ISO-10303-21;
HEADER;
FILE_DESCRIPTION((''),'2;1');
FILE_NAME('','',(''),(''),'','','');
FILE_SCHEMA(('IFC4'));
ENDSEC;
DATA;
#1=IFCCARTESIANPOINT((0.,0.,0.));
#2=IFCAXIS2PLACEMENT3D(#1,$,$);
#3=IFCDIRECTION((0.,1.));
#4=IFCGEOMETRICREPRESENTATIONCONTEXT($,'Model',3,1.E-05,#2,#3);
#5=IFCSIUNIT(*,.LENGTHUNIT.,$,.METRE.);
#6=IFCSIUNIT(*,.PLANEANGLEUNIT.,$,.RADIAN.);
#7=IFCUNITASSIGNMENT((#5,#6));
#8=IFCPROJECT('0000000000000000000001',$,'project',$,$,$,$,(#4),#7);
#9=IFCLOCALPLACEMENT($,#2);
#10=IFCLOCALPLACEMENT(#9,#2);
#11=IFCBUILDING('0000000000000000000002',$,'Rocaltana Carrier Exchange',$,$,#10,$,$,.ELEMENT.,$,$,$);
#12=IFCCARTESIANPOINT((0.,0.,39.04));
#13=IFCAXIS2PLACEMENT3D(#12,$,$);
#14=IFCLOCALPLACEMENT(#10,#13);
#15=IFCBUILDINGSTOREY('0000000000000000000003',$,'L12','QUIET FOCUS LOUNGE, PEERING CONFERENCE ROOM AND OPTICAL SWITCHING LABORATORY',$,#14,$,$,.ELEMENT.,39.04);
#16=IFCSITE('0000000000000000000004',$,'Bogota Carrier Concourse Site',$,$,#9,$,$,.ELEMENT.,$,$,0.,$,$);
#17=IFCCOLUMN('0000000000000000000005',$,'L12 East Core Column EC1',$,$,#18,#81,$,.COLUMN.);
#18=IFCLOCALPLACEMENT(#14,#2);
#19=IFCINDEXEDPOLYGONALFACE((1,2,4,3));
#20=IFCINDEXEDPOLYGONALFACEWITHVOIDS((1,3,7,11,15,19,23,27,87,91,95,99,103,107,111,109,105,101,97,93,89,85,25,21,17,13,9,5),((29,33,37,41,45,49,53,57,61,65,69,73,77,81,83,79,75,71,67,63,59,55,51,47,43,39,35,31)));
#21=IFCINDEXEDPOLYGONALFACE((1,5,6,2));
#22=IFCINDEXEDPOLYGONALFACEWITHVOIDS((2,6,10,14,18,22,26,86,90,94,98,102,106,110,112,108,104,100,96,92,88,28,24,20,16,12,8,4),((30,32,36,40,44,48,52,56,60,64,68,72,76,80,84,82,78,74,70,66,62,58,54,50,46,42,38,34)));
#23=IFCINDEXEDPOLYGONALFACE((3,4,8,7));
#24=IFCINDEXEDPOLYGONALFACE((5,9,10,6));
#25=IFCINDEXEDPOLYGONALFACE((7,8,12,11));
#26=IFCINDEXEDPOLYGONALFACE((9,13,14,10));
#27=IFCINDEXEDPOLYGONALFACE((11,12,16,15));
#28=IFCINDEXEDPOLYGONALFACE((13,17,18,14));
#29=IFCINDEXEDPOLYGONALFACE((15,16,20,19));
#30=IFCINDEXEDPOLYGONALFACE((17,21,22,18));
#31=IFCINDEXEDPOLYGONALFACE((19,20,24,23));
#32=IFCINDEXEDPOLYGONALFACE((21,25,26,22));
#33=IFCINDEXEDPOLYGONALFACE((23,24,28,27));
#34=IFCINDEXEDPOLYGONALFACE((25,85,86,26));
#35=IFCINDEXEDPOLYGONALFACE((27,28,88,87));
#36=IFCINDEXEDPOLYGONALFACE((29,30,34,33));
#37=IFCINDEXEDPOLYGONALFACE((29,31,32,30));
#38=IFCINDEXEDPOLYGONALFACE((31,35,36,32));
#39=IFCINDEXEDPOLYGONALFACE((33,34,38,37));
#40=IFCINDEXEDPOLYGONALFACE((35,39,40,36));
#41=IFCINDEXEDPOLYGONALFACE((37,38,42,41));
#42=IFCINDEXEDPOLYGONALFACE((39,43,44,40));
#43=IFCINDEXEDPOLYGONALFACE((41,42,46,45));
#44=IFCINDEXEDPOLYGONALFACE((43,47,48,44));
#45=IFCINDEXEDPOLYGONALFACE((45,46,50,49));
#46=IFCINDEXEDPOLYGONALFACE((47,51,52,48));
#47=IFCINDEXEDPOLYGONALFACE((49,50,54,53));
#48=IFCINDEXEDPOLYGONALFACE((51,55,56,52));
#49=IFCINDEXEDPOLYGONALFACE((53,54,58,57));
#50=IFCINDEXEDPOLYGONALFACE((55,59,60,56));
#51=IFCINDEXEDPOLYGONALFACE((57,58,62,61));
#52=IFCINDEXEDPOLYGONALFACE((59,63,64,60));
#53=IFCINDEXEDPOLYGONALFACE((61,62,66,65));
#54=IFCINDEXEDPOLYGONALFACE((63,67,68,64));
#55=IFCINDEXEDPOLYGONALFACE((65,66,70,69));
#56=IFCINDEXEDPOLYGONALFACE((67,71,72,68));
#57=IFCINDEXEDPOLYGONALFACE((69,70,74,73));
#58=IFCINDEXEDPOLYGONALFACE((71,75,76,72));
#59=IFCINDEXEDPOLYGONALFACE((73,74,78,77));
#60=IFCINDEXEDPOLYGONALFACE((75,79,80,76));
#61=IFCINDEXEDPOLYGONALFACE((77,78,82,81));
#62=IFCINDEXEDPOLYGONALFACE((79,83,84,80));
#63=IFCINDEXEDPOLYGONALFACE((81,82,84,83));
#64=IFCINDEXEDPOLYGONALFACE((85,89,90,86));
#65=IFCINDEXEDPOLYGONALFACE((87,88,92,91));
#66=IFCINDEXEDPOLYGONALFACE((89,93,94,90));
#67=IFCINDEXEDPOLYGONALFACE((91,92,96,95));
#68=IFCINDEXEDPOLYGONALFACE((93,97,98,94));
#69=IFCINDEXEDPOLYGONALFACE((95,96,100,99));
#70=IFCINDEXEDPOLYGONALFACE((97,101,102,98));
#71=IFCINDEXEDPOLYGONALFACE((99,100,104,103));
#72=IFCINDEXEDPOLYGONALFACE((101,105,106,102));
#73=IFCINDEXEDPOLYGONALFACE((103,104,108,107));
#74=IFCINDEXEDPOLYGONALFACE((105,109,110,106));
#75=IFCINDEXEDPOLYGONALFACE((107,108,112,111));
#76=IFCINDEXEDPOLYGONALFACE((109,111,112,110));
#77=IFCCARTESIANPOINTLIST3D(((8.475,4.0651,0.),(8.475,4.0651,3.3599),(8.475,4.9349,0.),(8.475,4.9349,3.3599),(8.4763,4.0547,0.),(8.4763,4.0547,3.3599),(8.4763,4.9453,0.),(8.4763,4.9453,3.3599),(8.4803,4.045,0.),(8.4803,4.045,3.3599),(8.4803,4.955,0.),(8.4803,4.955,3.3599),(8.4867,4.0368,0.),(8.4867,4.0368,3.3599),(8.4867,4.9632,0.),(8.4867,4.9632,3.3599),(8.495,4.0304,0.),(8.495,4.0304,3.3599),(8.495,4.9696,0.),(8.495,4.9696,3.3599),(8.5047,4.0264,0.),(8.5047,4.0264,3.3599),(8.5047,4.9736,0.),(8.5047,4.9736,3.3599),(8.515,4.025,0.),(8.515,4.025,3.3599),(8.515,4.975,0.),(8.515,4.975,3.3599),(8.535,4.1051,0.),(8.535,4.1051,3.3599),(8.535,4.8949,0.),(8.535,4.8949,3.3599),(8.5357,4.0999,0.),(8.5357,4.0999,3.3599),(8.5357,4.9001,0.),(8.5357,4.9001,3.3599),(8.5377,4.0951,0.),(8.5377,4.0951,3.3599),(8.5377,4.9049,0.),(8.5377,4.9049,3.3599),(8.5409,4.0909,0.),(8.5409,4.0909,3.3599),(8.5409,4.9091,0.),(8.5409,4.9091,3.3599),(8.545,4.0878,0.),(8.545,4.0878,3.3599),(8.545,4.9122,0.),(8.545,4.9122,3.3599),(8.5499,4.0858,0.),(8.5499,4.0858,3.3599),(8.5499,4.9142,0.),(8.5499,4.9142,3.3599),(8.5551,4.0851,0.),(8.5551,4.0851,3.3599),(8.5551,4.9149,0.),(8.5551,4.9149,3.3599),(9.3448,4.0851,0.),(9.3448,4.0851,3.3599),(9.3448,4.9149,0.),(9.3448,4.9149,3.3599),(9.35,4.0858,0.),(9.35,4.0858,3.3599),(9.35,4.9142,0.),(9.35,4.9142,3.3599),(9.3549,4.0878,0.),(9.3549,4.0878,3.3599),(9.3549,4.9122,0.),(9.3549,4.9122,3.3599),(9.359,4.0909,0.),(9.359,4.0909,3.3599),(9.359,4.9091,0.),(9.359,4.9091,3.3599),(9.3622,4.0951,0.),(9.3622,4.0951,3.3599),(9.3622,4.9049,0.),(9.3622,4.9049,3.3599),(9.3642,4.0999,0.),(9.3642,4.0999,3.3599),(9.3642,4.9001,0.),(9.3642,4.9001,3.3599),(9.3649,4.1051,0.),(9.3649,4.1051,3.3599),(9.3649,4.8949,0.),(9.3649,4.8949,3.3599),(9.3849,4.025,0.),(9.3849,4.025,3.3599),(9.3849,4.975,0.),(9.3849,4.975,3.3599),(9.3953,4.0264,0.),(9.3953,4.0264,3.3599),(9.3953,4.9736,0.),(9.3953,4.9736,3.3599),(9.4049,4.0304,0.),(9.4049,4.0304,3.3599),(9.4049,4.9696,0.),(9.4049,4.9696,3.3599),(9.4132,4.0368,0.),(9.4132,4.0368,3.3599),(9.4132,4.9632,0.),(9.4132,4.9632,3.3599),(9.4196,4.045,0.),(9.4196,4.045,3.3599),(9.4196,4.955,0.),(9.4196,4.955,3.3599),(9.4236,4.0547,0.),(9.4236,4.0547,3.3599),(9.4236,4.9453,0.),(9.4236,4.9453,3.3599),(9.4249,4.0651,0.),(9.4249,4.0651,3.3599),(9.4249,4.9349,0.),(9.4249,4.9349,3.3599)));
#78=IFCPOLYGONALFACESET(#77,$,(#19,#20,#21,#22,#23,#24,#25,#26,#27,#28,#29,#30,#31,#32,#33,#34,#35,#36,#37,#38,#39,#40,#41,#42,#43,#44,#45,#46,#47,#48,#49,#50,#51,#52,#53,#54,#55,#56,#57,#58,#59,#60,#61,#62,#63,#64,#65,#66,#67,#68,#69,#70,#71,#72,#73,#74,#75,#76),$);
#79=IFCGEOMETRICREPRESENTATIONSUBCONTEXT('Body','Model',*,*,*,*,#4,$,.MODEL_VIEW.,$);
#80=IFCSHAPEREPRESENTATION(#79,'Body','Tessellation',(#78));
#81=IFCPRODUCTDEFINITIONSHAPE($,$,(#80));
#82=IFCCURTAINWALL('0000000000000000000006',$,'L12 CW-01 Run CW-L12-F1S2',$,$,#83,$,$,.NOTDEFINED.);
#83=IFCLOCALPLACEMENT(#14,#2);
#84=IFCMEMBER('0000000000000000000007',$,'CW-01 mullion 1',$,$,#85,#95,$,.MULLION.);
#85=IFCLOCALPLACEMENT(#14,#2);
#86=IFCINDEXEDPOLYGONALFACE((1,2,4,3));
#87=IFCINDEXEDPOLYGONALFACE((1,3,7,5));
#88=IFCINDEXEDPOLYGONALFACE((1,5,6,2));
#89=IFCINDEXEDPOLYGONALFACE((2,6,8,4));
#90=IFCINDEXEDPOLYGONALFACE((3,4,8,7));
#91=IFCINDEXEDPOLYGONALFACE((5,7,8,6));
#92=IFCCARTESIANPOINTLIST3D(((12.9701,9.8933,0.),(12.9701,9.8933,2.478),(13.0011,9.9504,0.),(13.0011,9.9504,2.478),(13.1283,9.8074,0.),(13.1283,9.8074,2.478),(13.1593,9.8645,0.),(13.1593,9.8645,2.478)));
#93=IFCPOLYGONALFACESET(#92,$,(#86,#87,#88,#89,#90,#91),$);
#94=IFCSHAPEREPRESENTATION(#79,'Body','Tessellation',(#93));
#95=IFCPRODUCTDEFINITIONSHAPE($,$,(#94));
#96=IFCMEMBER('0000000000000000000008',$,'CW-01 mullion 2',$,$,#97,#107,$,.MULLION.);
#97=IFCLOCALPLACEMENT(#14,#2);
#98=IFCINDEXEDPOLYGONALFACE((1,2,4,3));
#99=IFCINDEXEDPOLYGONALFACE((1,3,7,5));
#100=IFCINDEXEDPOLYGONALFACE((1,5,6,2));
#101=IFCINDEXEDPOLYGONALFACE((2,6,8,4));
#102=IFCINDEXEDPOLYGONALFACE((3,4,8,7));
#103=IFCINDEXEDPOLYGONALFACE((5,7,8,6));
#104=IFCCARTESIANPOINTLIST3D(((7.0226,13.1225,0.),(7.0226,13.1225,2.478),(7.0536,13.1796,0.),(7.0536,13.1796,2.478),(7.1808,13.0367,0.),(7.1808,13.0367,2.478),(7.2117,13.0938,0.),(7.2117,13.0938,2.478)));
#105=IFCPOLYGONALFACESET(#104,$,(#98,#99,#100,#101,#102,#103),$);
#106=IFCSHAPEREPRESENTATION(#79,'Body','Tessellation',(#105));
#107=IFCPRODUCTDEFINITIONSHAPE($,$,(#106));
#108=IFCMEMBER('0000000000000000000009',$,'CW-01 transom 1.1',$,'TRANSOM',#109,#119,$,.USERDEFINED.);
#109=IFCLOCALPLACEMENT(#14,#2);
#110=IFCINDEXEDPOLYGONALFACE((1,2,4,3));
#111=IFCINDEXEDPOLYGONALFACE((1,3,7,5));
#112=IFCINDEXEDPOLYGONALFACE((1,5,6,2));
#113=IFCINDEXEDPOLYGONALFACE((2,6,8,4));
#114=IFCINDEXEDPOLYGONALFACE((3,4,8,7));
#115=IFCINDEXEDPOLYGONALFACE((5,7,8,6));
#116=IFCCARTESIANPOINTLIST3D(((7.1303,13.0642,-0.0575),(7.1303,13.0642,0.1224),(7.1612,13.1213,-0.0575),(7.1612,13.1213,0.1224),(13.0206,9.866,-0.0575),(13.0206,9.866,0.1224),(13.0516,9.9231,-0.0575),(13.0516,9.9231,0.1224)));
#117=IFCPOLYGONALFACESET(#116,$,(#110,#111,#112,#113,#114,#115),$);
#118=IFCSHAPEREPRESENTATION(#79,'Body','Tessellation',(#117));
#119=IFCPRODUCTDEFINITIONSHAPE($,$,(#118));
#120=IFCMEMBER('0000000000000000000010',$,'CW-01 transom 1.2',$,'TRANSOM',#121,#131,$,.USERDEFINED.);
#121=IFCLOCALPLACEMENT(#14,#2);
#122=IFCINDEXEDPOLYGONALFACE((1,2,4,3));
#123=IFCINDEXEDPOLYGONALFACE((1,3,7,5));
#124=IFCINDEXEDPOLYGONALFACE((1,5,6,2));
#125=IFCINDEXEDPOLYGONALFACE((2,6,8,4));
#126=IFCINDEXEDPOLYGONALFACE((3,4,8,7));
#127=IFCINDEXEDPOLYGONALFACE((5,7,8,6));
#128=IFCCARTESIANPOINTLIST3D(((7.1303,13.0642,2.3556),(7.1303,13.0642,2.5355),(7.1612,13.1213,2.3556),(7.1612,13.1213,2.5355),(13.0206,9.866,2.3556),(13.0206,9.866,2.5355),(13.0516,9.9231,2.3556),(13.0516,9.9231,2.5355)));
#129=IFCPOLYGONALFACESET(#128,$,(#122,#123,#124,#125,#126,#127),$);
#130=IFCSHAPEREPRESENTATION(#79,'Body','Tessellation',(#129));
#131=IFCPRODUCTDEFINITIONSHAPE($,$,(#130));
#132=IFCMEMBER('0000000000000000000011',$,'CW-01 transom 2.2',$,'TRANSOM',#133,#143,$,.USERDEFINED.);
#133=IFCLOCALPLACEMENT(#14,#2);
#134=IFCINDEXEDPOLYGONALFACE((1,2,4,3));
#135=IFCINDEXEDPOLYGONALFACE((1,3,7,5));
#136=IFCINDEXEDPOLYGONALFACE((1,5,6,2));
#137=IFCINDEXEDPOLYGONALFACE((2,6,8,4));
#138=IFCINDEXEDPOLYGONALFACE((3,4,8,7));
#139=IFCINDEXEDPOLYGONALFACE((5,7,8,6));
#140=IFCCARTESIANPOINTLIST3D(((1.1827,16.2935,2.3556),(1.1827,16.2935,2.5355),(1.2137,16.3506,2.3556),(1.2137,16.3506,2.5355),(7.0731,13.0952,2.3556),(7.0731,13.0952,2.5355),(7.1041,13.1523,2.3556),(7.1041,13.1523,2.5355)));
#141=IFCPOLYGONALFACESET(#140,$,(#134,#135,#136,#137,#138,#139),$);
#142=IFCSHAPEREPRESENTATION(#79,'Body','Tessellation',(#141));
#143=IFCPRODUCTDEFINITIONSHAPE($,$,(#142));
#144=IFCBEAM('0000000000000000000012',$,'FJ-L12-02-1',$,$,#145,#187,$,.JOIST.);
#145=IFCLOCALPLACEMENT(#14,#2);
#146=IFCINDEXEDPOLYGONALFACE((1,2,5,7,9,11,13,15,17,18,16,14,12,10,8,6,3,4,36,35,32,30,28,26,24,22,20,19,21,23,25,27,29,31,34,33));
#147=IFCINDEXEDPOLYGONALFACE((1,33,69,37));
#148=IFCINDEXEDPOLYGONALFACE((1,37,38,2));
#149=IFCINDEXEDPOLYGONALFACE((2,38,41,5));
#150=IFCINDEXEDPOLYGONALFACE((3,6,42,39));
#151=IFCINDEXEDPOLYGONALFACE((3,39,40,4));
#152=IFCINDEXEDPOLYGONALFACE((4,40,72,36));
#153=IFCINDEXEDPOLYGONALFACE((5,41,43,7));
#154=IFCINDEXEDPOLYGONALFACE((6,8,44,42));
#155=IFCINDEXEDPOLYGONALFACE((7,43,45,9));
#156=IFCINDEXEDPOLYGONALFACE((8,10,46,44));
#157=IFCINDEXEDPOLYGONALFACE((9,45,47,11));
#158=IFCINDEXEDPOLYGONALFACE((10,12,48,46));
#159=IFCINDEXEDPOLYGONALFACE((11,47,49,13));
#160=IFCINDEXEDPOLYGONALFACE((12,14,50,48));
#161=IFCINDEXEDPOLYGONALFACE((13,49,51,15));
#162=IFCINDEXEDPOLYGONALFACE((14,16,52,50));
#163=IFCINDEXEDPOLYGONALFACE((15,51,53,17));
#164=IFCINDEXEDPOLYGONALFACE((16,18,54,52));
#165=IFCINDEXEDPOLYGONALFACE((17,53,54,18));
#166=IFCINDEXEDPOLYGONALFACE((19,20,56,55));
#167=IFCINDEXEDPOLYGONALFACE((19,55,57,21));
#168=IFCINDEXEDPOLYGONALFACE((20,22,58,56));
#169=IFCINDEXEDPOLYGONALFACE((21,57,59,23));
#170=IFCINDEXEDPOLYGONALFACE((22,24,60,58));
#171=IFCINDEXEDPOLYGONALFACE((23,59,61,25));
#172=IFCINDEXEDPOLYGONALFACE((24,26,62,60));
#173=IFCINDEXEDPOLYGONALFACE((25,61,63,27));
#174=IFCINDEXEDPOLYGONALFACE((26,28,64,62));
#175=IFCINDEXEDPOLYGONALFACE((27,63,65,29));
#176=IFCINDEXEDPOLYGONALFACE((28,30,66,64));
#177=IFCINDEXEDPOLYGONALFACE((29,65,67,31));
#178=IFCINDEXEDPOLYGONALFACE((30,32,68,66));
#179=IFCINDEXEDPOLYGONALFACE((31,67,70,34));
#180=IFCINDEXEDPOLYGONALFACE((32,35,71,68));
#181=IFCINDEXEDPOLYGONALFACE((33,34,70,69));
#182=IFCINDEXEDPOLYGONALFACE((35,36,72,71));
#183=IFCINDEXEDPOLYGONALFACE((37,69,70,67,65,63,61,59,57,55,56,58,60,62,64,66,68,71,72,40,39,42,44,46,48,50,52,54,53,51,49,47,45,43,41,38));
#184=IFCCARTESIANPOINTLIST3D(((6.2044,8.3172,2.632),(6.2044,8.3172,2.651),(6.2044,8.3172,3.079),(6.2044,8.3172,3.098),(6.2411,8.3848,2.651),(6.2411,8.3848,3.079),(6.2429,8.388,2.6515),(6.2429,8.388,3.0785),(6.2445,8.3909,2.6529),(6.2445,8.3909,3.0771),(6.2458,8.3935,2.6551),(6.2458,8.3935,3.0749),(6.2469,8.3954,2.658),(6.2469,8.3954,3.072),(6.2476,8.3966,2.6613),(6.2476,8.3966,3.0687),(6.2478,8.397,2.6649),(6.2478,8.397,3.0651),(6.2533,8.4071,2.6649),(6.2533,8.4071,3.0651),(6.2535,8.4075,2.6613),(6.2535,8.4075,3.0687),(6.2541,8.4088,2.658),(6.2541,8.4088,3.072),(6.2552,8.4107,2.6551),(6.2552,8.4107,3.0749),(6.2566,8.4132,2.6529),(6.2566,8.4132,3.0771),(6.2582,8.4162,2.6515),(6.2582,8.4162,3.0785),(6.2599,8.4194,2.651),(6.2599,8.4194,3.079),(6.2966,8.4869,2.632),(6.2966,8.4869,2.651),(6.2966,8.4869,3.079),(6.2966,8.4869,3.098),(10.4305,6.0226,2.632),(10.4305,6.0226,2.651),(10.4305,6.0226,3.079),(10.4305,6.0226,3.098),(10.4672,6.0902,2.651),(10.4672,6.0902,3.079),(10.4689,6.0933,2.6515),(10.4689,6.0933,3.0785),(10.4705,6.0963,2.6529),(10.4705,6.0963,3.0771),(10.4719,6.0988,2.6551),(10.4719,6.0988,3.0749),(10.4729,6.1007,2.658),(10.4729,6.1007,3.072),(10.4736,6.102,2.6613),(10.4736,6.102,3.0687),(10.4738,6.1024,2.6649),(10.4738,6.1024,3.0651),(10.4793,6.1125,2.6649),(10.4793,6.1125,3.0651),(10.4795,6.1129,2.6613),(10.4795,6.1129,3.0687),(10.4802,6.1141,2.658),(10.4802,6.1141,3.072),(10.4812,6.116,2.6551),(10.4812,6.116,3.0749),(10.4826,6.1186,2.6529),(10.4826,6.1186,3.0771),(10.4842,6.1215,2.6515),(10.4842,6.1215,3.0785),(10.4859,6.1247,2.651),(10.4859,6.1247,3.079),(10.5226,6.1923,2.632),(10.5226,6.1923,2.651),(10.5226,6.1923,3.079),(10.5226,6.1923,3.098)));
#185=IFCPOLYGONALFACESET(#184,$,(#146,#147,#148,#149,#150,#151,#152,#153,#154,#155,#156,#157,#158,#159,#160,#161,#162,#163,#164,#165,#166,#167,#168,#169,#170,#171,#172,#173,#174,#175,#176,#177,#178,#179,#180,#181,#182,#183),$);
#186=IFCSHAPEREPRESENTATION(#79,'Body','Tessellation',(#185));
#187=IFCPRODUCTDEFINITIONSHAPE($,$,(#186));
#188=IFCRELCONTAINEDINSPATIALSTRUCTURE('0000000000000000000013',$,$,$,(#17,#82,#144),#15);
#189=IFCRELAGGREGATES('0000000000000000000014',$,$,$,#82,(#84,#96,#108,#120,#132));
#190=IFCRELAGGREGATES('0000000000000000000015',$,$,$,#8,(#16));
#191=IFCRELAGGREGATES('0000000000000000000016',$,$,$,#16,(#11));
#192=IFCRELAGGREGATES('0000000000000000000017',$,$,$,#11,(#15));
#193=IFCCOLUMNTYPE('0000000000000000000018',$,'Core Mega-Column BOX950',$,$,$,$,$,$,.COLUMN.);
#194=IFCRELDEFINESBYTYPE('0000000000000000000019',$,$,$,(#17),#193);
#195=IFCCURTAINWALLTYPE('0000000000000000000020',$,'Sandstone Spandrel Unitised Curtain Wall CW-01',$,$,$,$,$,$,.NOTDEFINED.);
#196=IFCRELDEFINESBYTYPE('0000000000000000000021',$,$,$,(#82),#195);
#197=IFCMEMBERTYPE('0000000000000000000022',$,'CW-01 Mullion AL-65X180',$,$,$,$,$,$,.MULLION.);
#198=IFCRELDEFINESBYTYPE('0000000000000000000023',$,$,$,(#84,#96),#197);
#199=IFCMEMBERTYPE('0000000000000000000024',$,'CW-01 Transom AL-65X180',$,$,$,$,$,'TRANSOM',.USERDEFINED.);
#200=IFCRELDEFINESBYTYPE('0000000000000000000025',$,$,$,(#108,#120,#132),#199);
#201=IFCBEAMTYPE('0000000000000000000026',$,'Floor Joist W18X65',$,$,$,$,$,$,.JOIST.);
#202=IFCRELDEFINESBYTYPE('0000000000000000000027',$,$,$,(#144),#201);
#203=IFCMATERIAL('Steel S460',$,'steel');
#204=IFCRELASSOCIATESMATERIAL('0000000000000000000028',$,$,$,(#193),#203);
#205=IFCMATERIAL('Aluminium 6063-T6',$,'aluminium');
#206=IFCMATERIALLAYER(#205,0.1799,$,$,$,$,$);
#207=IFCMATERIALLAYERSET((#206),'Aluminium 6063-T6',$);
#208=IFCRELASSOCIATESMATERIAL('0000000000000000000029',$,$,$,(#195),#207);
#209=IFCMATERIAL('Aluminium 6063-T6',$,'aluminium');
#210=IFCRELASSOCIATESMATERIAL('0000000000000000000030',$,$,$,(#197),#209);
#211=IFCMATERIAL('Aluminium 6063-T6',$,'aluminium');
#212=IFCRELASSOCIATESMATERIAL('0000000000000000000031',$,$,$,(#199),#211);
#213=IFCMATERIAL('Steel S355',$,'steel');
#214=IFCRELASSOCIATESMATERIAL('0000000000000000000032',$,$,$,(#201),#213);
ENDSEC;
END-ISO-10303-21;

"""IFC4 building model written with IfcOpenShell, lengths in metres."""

from ifc_helpers import new_model, si_unit, direction, frame, origin, origin_2d, place, context, subcontext, project, spatial, rectangle, hollow_rectangle, i_section, extrude, material, layer, layer_set, material_profile, profile_set, type_object, element, aggregate, save


model = new_model("IFC4")

# Units and contexts
model_context = context("Model", 3, precision=1e-05, world=origin(), true_north=direction((0.0, 1.0)))
body_context = subcontext(model_context, "Body", "Model", "MODEL_VIEW")
ifc_project = project(units=[si_unit("LENGTHUNIT", "METRE"), si_unit("PLANEANGLEUNIT", "RADIAN")], contexts=[model_context])

# Site, building, storey
site_placement = place(None, origin())
site = spatial("IfcSite", under=ifc_project, at=site_placement, Name="Bogota Carrier Concourse Site", CompositionType="ELEMENT", RefElevation=0.0)
building_placement = place(site_placement, origin())
building = spatial("IfcBuilding", under=site, at=building_placement, Name="Rocaltana Carrier Exchange", CompositionType="ELEMENT")
storey_placement = place(building_placement, frame((0.0, 0.0, 39.04)))
storey = spatial("IfcBuildingStorey", under=building, at=storey_placement, Name="L12", Description="QUIET FOCUS LOUNGE, PEERING CONFERENCE ROOM AND OPTICAL SWITCHING LABORATORY", CompositionType="ELEMENT", Elevation=39.04)

# Column
ifc_material_1 = material(Name="Steel S460", Category="steel")
ifc_material_profile_1 = material_profile(ifc_material_1, hollow_rectangle(XDim=0.95, YDim=0.95, WallThickness=0.0601, InnerFilletRadius=0.02, OuterFilletRadius=0.04, at=origin_2d()), Name="BOX950X950X60")
ifc_profile_set_1 = profile_set([ifc_material_profile_1], Name="Steel S460")
column_type = type_object("IfcColumnType", Name="Core Mega-Column BOX950", PredefinedType="COLUMN", material=ifc_profile_set_1)
column_placement = place(storey_placement, frame((8.95, 4.5, 0.0), z_axis=(0.0, 0.0, 1.0), x_axis=(1.0, 0.0, 0.0)))
element("IfcColumn", 1, at=column_placement, inside=storey, type_object=column_type, Name="L12 East Core Column EC1", PredefinedType="COLUMN", context=body_context, shape_type="SweptSolid", body=[
    extrude(hollow_rectangle(XDim=0.95, YDim=0.95, WallThickness=0.0601, InnerFilletRadius=0.02, OuterFilletRadius=0.04, at=origin_2d()), origin(), (0.0, 0.0, 1.0), 3.3599),
])

# Curtain wall, members
ifc_material_2 = material(Name="Aluminium 6063-T6", Category="aluminium")
ifc_layer_1 = layer(ifc_material_2, 0.1799)
ifc_layer_set_1 = layer_set([ifc_layer_1], Name="Aluminium 6063-T6")
curtain_wall_type = type_object("IfcCurtainWallType", Name="Sandstone Spandrel Unitised Curtain Wall CW-01", PredefinedType="NOTDEFINED", material=ifc_layer_set_1)
curtain_wall_placement = place(storey_placement, origin())
curtain_wall = element("IfcCurtainWall", 2, at=curtain_wall_placement, inside=storey, type_object=curtain_wall_type, Name="L12 CW-01 Run CW-L12-F1S2", PredefinedType="NOTDEFINED")
ifc_material_3 = material(Name="Aluminium 6063-T6", Category="aluminium")
ifc_material_profile_2 = material_profile(ifc_material_3, rectangle(XDim=0.0649, YDim=0.1799, at=origin_2d()), Name="AL-65X180")
ifc_profile_set_2 = profile_set([ifc_material_profile_2], Name="Aluminium 6063-T6")
member_type_1 = type_object("IfcMemberType", Name="CW-01 Mullion AL-65X180", PredefinedType="MULLION", material=ifc_profile_set_2)
member_1_placement = place(storey_placement, frame((13.0647, 9.8789, 0.0), z_axis=(0.0, 0.0, 1.0), x_axis=(-0.477164, -0.878814, 0.0)))
member_1 = element("IfcMember", 3, at=member_1_placement, type_object=member_type_1, Name="CW-01 mullion 1", PredefinedType="MULLION", context=body_context, shape_type="SweptSolid", body=[
    extrude(rectangle(XDim=0.0649, YDim=0.1799, at=origin_2d()), origin(), (0.0, 0.0, 1.0), 2.478),
])
member_2_placement = place(storey_placement, frame((7.1172, 13.1082, 0.0), z_axis=(0.0, 0.0, 1.0), x_axis=(-0.477164, -0.878814, 0.0)))
member_2 = element("IfcMember", 4, at=member_2_placement, type_object=member_type_1, Name="CW-01 mullion 2", PredefinedType="MULLION", context=body_context, shape_type="SweptSolid", body=[
    extrude(rectangle(XDim=0.0649, YDim=0.1799, at=origin_2d()), origin(), (0.0, 0.0, 1.0), 2.478),
])
ifc_material_4 = material(Name="Aluminium 6063-T6", Category="aluminium")
ifc_material_profile_3 = material_profile(ifc_material_4, rectangle(XDim=0.0649, YDim=0.1799, at=origin_2d()), Name="AL-65X180")
ifc_profile_set_3 = profile_set([ifc_material_profile_3], Name="Aluminium 6063-T6")
member_type_2 = type_object("IfcMemberType", Name="CW-01 Transom AL-65X180", ElementType="TRANSOM", PredefinedType="USERDEFINED", material=ifc_profile_set_3)
member_3_placement = place(storey_placement, frame((13.0361, 9.8945, 0.0325), z_axis=(-0.878815, 0.477162, 0.0), x_axis=(-0.477162, -0.878815, 0.0)))
member_3 = element("IfcMember", 5, at=member_3_placement, type_object=member_type_2, Name="CW-01 transom 1.1", ObjectType="TRANSOM", PredefinedType="USERDEFINED", context=body_context, shape_type="SweptSolid", body=[
    extrude(rectangle(XDim=0.0649, YDim=0.1799, at=origin_2d()), origin(), (0.0, 0.0, 1.0), 6.7026),
])
member_4_placement = place(storey_placement, frame((13.0361, 9.8945, 2.4456), z_axis=(-0.878815, 0.477162, 0.0), x_axis=(-0.477162, -0.878815, 0.0)))
member_4 = element("IfcMember", 6, at=member_4_placement, type_object=member_type_2, Name="CW-01 transom 1.2", ObjectType="TRANSOM", PredefinedType="USERDEFINED", context=body_context, shape_type="SweptSolid", body=[
    extrude(rectangle(XDim=0.0649, YDim=0.1799, at=origin_2d()), origin(), (0.0, 0.0, 1.0), 6.7026),
])
member_5_placement = place(storey_placement, frame((7.0886, 13.1238, 2.4456), z_axis=(-0.878815, 0.477162, 0.0), x_axis=(-0.477162, -0.878815, 0.0)))
member_5 = element("IfcMember", 7, at=member_5_placement, type_object=member_type_2, Name="CW-01 transom 2.2", ObjectType="TRANSOM", PredefinedType="USERDEFINED", context=body_context, shape_type="SweptSolid", body=[
    extrude(rectangle(XDim=0.0649, YDim=0.1799, at=origin_2d()), origin(), (0.0, 0.0, 1.0), 6.7026),
])

# Beam
ifc_material_5 = material(Name="Steel S355", Category="steel")
ifc_material_profile_4 = material_profile(ifc_material_5, i_section(OverallWidth=0.1931, OverallDepth=0.4661, WebThickness=0.0115, FlangeThickness=0.019, FilletRadius=0.0139, at=origin_2d()), Name="W18X65")
ifc_profile_set_4 = profile_set([ifc_material_profile_4], Name="Steel S355")
beam_type_1 = type_object("IfcBeamType", Name="Floor Joist W18X65", PredefinedType="JOIST", material=ifc_profile_set_4)
beam_1_placement = place(storey_placement, frame((10.4766, 6.1074, 2.865), z_axis=(-0.878808, 0.477176, 0.0), x_axis=(-0.477176, -0.878808, 0.0)))
element("IfcBeam", 8, at=beam_1_placement, inside=storey, type_object=beam_type_1, Name="FJ-L12-02-1", PredefinedType="JOIST", context=body_context, shape_type="SweptSolid", body=[
    extrude(i_section(OverallWidth=0.1931, OverallDepth=0.4661, WebThickness=0.0115, FlangeThickness=0.019, FilletRadius=0.0139, at=origin_2d()), origin(), (0.0, 0.0, 1.0), 4.8088),
])

aggregate(curtain_wall, [member_1, member_2, member_3, member_4, member_5])

save(model, "model.ifc")
